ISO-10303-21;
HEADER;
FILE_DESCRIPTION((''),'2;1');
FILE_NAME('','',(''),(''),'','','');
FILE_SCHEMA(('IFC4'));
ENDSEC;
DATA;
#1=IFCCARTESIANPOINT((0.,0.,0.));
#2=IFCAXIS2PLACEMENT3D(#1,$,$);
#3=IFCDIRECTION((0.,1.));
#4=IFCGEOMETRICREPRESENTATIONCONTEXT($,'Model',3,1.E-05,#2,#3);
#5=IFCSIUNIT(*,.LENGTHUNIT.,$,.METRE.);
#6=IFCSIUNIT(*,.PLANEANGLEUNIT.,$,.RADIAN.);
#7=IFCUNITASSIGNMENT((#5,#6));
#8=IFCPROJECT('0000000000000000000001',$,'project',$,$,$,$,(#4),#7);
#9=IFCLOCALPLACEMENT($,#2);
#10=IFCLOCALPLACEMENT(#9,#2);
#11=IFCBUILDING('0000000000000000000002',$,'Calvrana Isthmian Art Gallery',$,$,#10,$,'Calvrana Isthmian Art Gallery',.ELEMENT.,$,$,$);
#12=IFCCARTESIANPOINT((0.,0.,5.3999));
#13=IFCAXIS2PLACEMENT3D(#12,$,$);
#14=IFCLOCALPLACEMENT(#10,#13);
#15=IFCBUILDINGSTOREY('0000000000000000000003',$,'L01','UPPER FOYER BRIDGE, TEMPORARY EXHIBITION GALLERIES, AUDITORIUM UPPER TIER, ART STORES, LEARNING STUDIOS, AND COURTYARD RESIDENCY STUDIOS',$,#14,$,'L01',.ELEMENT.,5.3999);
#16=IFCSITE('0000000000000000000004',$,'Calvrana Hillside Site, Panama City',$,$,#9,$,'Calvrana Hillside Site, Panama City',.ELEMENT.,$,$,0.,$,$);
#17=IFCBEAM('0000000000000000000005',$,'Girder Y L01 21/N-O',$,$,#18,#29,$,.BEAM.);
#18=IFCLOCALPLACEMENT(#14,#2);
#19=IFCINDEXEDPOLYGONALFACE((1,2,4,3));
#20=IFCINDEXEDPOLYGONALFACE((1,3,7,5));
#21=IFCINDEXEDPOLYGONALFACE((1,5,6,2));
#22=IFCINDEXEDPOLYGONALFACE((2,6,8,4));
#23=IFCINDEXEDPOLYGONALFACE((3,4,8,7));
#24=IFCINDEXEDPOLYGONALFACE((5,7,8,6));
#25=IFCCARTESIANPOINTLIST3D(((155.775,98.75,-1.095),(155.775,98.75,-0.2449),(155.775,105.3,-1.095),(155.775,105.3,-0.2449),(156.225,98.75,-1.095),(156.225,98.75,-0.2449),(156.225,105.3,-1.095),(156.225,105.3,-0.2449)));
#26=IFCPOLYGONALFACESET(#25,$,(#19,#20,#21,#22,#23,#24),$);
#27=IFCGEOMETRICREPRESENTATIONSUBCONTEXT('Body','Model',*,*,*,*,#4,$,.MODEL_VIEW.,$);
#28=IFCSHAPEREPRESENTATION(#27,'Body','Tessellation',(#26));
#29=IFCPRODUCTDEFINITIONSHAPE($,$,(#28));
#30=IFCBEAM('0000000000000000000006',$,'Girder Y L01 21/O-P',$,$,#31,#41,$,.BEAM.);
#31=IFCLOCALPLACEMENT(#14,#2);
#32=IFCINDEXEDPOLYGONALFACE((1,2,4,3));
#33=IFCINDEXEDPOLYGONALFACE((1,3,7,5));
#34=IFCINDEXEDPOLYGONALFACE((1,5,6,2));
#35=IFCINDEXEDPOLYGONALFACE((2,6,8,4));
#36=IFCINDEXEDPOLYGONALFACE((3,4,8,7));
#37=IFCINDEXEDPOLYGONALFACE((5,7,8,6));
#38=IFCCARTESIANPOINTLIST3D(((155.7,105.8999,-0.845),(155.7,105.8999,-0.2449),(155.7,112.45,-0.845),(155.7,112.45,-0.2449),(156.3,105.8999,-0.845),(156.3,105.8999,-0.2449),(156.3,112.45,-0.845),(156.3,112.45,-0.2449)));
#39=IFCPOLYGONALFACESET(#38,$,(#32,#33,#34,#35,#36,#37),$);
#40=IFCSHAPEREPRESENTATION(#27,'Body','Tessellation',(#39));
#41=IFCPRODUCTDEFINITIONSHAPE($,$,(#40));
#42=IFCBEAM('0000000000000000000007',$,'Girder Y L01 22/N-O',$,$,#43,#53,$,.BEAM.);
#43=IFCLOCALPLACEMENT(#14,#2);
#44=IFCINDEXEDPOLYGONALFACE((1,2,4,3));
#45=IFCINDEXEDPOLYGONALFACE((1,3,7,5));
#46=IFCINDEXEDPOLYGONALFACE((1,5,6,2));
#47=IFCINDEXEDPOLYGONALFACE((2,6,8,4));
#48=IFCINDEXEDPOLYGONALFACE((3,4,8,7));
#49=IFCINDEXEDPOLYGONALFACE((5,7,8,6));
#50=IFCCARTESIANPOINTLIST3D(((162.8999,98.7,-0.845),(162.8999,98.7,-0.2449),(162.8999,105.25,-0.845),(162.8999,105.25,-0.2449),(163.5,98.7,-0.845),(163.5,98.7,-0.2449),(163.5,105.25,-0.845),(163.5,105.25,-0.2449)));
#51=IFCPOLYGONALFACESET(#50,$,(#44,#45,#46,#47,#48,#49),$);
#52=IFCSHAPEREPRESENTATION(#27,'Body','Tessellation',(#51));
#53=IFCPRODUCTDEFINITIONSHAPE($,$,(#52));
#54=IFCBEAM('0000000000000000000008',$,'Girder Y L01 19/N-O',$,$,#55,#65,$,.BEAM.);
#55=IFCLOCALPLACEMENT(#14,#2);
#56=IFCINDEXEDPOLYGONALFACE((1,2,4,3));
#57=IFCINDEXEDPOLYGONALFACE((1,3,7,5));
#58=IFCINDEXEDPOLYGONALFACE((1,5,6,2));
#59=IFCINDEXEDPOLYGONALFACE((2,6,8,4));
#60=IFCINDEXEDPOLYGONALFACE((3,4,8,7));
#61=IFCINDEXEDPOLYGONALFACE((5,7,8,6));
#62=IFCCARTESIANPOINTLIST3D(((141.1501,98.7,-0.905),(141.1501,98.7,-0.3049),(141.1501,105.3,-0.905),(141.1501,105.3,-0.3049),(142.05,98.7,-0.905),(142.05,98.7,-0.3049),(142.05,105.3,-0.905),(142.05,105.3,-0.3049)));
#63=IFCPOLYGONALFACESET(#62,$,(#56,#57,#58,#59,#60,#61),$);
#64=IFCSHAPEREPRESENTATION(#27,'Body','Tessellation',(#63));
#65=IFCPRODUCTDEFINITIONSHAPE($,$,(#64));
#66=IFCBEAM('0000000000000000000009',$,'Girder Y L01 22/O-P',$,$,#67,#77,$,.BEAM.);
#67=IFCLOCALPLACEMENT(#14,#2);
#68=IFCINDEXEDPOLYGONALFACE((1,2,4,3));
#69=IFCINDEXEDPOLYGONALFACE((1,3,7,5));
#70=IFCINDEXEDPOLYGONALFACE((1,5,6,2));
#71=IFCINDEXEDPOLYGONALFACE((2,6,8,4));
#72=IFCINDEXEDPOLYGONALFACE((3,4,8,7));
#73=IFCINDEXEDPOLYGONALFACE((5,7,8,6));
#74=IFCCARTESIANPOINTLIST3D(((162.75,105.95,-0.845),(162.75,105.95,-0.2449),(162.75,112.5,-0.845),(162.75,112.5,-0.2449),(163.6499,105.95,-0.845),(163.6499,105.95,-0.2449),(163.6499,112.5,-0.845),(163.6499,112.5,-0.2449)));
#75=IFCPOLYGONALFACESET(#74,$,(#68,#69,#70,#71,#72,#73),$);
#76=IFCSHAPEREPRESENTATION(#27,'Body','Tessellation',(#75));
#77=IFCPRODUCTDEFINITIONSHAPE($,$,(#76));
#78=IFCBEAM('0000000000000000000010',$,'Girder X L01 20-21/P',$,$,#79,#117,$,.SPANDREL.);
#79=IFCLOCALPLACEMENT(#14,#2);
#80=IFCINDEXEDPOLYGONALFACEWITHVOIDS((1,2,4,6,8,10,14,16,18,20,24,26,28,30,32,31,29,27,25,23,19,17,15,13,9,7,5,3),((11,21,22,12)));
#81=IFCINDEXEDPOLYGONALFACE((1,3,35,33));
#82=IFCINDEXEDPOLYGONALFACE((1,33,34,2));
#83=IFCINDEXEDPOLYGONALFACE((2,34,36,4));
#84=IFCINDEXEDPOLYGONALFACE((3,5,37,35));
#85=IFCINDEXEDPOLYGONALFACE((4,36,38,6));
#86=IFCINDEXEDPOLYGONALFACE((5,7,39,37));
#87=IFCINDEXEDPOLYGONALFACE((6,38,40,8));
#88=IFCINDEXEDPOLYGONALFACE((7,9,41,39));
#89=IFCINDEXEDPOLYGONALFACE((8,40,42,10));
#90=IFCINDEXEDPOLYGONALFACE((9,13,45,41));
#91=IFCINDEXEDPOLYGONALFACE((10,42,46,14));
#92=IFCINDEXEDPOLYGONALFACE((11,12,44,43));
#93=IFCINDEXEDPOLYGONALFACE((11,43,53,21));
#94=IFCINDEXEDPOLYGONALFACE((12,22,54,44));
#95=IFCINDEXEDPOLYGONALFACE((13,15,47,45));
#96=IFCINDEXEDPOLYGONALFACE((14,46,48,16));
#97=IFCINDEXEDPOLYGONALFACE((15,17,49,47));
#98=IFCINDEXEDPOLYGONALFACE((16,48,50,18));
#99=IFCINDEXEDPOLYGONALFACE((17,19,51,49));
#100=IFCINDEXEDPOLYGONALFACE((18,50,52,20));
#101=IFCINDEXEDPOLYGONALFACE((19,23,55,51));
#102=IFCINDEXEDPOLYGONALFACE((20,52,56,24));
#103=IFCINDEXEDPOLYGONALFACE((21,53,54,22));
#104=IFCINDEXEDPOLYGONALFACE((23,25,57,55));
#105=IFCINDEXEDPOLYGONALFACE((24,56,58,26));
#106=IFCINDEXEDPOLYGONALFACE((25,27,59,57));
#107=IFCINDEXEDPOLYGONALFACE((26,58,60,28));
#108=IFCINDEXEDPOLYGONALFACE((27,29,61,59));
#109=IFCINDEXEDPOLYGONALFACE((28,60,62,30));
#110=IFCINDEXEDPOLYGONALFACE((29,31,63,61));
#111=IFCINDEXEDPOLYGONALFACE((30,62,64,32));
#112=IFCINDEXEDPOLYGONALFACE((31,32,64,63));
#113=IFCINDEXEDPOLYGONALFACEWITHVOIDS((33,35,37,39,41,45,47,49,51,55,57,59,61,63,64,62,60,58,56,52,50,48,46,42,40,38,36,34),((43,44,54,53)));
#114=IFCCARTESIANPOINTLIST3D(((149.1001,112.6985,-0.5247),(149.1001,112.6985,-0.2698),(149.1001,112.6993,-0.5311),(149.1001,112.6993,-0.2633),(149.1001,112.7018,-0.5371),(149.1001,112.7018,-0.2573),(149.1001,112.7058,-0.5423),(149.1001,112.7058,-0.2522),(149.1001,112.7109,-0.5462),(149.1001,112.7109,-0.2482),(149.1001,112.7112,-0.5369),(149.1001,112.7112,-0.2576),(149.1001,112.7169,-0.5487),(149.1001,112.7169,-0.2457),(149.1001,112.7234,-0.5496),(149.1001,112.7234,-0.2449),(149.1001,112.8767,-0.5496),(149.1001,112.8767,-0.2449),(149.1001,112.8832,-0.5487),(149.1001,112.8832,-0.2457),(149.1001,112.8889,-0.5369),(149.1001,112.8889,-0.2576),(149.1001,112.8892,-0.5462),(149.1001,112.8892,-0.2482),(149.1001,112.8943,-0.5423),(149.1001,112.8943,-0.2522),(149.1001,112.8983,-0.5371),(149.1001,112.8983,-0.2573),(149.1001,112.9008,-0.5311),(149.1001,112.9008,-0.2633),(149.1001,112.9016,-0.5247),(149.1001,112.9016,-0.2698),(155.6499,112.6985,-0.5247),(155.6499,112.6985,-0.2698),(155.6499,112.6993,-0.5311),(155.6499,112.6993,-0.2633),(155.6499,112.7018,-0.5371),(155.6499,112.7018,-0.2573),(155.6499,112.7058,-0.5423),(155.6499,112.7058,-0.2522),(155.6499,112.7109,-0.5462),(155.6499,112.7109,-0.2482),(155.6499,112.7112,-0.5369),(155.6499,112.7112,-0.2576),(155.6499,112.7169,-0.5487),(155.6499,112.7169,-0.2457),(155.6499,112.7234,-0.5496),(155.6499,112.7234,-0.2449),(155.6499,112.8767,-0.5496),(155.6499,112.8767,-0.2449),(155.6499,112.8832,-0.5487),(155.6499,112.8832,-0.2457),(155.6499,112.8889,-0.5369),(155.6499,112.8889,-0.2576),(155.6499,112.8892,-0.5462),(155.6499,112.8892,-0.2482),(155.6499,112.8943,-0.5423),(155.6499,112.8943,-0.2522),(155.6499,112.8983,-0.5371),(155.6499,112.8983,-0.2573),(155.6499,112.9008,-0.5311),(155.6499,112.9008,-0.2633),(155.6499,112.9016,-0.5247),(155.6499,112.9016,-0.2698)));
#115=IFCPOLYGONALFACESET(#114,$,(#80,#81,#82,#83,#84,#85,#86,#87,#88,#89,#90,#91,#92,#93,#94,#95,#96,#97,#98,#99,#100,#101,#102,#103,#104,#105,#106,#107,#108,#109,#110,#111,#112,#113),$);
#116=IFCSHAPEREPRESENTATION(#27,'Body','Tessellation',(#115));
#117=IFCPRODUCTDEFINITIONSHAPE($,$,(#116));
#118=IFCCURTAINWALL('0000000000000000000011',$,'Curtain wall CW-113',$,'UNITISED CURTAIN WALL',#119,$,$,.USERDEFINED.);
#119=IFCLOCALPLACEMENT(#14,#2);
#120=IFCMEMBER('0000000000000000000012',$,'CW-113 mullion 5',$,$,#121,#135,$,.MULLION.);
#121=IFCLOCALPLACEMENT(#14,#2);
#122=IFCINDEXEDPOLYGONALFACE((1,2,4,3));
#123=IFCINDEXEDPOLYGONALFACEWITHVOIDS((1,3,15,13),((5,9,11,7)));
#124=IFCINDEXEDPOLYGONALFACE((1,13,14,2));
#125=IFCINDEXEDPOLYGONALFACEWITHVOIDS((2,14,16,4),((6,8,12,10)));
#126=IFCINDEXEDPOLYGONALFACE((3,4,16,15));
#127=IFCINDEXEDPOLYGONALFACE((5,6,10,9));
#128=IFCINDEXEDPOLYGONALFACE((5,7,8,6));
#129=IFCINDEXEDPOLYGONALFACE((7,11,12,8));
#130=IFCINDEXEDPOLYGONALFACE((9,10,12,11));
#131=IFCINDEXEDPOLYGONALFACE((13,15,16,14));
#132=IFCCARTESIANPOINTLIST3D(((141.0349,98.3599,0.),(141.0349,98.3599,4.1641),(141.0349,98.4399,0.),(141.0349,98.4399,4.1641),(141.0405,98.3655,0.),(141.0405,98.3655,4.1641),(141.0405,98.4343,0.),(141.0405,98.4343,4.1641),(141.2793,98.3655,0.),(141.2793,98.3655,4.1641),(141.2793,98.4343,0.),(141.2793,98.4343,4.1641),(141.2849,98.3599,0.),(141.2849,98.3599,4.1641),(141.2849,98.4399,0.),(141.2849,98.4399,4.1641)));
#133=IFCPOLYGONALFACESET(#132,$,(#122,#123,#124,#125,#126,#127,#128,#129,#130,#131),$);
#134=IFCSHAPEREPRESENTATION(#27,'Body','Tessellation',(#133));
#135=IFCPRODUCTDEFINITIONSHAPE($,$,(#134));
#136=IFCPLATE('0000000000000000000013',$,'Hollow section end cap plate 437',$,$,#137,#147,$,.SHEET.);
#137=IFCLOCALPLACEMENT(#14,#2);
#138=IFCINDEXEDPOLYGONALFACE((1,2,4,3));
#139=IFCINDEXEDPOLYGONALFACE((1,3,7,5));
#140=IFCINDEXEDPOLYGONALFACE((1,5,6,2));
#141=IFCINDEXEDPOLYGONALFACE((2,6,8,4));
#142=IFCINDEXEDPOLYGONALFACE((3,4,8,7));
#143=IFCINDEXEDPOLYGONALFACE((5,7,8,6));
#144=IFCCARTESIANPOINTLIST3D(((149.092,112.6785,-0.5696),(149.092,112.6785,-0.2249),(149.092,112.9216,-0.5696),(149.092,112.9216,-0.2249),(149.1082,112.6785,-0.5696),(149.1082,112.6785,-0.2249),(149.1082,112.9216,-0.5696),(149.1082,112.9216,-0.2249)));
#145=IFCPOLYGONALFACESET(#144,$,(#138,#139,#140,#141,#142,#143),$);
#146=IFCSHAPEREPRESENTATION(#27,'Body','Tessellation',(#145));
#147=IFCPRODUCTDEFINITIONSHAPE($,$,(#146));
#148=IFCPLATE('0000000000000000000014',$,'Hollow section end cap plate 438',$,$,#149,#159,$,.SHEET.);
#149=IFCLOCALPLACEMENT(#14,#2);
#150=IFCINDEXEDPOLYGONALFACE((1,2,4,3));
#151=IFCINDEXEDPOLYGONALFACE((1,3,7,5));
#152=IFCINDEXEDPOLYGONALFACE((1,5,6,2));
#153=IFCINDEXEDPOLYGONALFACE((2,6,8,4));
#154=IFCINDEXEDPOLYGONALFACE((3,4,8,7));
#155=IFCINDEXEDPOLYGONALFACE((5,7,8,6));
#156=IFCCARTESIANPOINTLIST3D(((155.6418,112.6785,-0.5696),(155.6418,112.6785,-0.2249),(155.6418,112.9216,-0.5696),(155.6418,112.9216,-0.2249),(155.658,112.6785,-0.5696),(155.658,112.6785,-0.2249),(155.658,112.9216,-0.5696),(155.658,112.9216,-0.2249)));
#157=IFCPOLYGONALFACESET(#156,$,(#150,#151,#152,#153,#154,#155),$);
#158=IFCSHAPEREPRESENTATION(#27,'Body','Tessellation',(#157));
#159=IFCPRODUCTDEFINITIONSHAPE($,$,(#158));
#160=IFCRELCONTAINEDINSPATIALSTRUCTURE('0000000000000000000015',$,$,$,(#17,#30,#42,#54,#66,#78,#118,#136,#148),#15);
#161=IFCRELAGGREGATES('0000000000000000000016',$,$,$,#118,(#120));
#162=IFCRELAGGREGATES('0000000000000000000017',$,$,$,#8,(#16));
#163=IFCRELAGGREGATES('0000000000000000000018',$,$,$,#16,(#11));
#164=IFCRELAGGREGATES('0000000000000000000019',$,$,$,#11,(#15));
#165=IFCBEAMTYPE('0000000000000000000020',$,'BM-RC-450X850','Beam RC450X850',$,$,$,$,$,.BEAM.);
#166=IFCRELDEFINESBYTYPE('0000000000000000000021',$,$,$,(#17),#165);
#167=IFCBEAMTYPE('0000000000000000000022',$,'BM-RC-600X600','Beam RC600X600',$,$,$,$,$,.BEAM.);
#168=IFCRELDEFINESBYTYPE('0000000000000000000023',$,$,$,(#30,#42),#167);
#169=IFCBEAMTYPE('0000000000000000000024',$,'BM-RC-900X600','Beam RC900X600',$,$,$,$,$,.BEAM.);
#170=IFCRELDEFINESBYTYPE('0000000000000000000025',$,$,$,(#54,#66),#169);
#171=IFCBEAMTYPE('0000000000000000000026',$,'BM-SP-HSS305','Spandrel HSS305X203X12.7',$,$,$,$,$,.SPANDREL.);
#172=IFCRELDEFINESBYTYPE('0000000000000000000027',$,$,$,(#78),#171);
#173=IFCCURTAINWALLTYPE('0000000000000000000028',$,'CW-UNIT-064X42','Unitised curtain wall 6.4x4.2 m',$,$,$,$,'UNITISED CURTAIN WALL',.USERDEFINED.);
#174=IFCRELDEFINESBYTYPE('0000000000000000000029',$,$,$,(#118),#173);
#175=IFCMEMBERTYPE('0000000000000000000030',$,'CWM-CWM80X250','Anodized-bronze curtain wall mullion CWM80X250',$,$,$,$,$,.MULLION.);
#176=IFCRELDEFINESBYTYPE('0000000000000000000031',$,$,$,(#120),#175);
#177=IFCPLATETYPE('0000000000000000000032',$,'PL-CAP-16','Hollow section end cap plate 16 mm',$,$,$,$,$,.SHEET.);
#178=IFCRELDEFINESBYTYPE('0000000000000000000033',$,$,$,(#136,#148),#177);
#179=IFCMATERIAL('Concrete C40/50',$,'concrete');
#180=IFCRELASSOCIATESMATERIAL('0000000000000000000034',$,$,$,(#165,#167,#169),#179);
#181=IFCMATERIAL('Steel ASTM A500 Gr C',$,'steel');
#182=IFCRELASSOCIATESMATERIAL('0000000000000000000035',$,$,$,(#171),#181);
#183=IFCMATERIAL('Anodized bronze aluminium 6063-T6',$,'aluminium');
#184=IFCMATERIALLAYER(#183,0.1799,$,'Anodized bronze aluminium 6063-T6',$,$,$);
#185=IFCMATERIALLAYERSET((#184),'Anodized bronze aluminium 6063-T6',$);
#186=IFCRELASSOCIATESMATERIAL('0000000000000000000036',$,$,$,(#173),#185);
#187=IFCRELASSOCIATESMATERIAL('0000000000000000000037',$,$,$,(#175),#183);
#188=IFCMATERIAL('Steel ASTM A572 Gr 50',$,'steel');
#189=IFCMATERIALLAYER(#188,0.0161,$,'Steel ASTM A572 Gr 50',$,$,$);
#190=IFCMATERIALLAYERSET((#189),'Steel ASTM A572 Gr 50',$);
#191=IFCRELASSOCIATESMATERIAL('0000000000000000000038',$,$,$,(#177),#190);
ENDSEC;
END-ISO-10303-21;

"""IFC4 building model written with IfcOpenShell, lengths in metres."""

from ifc_helpers import new_model, si_unit, direction, frame, origin, origin_2d, place, context, subcontext, project, spatial, rectangle, hollow_rectangle, extrude, material, layer, layer_set, material_profile, profile_set, type_object, element, aggregate, save


model = new_model("IFC4")

# Units and contexts
model_context = context("Model", 3, precision=1e-05, world=origin(), true_north=direction((0.0, 1.0)))
body_context = subcontext(model_context, "Body", "Model", "MODEL_VIEW")
ifc_project = project(units=[si_unit("LENGTHUNIT", "METRE"), si_unit("PLANEANGLEUNIT", "RADIAN")], contexts=[model_context])

# Site, building, storey
site_placement = place(None, origin())
site = spatial("IfcSite", under=ifc_project, at=site_placement, Name="Calvrana Hillside Site, Panama City", LongName="Calvrana Hillside Site, Panama City", CompositionType="ELEMENT", RefElevation=0.0)
building_placement = place(site_placement, origin())
building = spatial("IfcBuilding", under=site, at=building_placement, Name="Calvrana Isthmian Art Gallery", LongName="Calvrana Isthmian Art Gallery", CompositionType="ELEMENT")
storey_placement = place(building_placement, frame((0.0, 0.0, 5.3999)))
storey = spatial("IfcBuildingStorey", under=building, at=storey_placement, Name="L01", Description="UPPER FOYER BRIDGE, TEMPORARY EXHIBITION GALLERIES, AUDITORIUM UPPER TIER, ART STORES, LEARNING STUDIOS, AND COURTYARD RESIDENCY STUDIOS", LongName="L01", CompositionType="ELEMENT", Elevation=5.3999)

# Shared definitions
ifc_material_1 = material(Name="Concrete C40/50", Category="concrete")

# Beams
ifc_material_profile_1 = material_profile(ifc_material_1, rectangle(XDim=0.45, YDim=0.8501, at=origin_2d()), Name="RC450X850")
ifc_profile_set_1 = profile_set([ifc_material_profile_1], Name="Concrete C40/50")
beam_type_1 = type_object("IfcBeamType", Name="BM-RC-450X850", Description="Beam RC450X850", PredefinedType="BEAM", material=ifc_profile_set_1)
for number, where, z_axis, x_axis, name in (
    (1, (156.0, 98.75, -0.6699), (0.0, 1.0, 0.0), (-1.0, 0.0, 0.0), "Girder Y L01 21/N-O"),
):
    element("IfcBeam", number, at=place(storey_placement, frame(where, z_axis=z_axis, x_axis=x_axis)), inside=storey, type_object=beam_type_1, Name=name, PredefinedType="BEAM", context=body_context, shape_type="SweptSolid", body=[
        extrude(rectangle(XDim=0.45, YDim=0.8501, at=origin_2d()), origin(), (0.0, 0.0, 1.0), 6.55),
    ])
ifc_material_profile_2 = material_profile(ifc_material_1, rectangle(XDim=0.6001, YDim=0.6001, at=origin_2d()), Name="RC600X600")
ifc_profile_set_2 = profile_set([ifc_material_profile_2], Name="Concrete C40/50")
beam_type_2 = type_object("IfcBeamType", Name="BM-RC-600X600", Description="Beam RC600X600", PredefinedType="BEAM", material=ifc_profile_set_2)
for number, where, z_axis, x_axis, name in (
    (2, (156.0, 105.8999, -0.5449), (0.0, 1.0, 0.0), (-1.0, 0.0, 0.0), "Girder Y L01 21/O-P"),
    (3, (163.2, 98.7, -0.5449), (0.0, 1.0, 0.0), (-1.0, 0.0, 0.0), "Girder Y L01 22/N-O"),
):
    element("IfcBeam", number, at=place(storey_placement, frame(where, z_axis=z_axis, x_axis=x_axis)), inside=storey, type_object=beam_type_2, Name=name, PredefinedType="BEAM", context=body_context, shape_type="SweptSolid", body=[
        extrude(rectangle(XDim=0.6001, YDim=0.6001, at=origin_2d()), origin(), (0.0, 0.0, 1.0), 6.55),
    ])
ifc_material_profile_3 = material_profile(ifc_material_1, rectangle(XDim=0.8999, YDim=0.6001, at=origin_2d()), Name="RC900X600")
ifc_profile_set_3 = profile_set([ifc_material_profile_3], Name="Concrete C40/50")
beam_type_3 = type_object("IfcBeamType", Name="BM-RC-900X600", Description="Beam RC900X600", PredefinedType="BEAM", material=ifc_profile_set_3)
beam_1_placement = place(storey_placement, frame((141.6001, 98.7, -0.605), z_axis=(0.0, 1.0, 0.0), x_axis=(-1.0, 0.0, 0.0)))
element("IfcBeam", 4, at=beam_1_placement, inside=storey, type_object=beam_type_3, Name="Girder Y L01 19/N-O", PredefinedType="BEAM", context=body_context, shape_type="SweptSolid", body=[
    extrude(rectangle(XDim=0.8999, YDim=0.6001, at=origin_2d()), origin(), (0.0, 0.0, 1.0), 6.6001),
])
beam_2_placement = place(storey_placement, frame((163.2, 105.95, -0.5449), z_axis=(0.0, 1.0, 0.0), x_axis=(-1.0, 0.0, 0.0)))
element("IfcBeam", 5, at=beam_2_placement, inside=storey, type_object=beam_type_3, Name="Girder Y L01 22/O-P", PredefinedType="BEAM", context=body_context, shape_type="SweptSolid", body=[
    extrude(rectangle(XDim=0.8999, YDim=0.6001, at=origin_2d()), origin(), (0.0, 0.0, 1.0), 6.55),
])
ifc_material_2 = material(Name="Steel ASTM A500 Gr C", Category="steel")
ifc_material_profile_4 = material_profile(ifc_material_2, hollow_rectangle(XDim=0.2031, YDim=0.3047, WallThickness=0.0127, OuterFilletRadius=0.0249, at=origin_2d()), Name="HSS305X203X12.7")
ifc_profile_set_4 = profile_set([ifc_material_profile_4], Name="Steel ASTM A500 Gr C")
beam_type_4 = type_object("IfcBeamType", Name="BM-SP-HSS305", Description="Spandrel HSS305X203X12.7", PredefinedType="SPANDREL", material=ifc_profile_set_4)
beam_3_placement = place(storey_placement, frame((149.1001, 112.8, -0.3972), z_axis=(1.0, 0.0, 0.0), x_axis=(0.0, 1.0, 0.0)))
element("IfcBeam", 6, at=beam_3_placement, inside=storey, type_object=beam_type_4, Name="Girder X L01 20-21/P", PredefinedType="SPANDREL", context=body_context, shape_type="SweptSolid", body=[
    extrude(hollow_rectangle(XDim=0.2031, YDim=0.3047, WallThickness=0.0127, OuterFilletRadius=0.0249, at=origin_2d()), origin(), (0.0, 0.0, 1.0), 6.5498),
])

# Curtain wall, member
ifc_material_3 = material(Name="Anodized bronze aluminium 6063-T6", Category="aluminium")
ifc_layer_1 = layer(ifc_material_3, 0.1799, Name="Anodized bronze aluminium 6063-T6")
ifc_layer_set_1 = layer_set([ifc_layer_1], Name="Anodized bronze aluminium 6063-T6")
curtain_wall_type = type_object("IfcCurtainWallType", Name="CW-UNIT-064X42", Description="Unitised curtain wall 6.4x4.2 m", ElementType="UNITISED CURTAIN WALL", PredefinedType="USERDEFINED", material=ifc_layer_set_1)
curtain_wall_placement = place(storey_placement, origin())
curtain_wall = element("IfcCurtainWall", 7, at=curtain_wall_placement, inside=storey, type_object=curtain_wall_type, Name="Curtain wall CW-113", ObjectType="UNITISED CURTAIN WALL", PredefinedType="USERDEFINED")
ifc_material_profile_5 = material_profile(ifc_material_3, hollow_rectangle(XDim=0.0801, YDim=0.25, WallThickness=0.0056, at=origin_2d()), Name="CWM80X250")
ifc_profile_set_5 = profile_set([ifc_material_profile_5], Name="Anodized bronze aluminium 6063-T6")
member_type = type_object("IfcMemberType", Name="CWM-CWM80X250", Description="Anodized-bronze curtain wall mullion CWM80X250", PredefinedType="MULLION", material=ifc_profile_set_5)
member_placement = place(storey_placement, frame((141.1599, 98.3999, 0.0), z_axis=(0.0, 0.0, 1.0), x_axis=(0.0, 1.0, 0.0)))
member = element("IfcMember", 8, at=member_placement, type_object=member_type, Name="CW-113 mullion 5", PredefinedType="MULLION", context=body_context, shape_type="SweptSolid", body=[
    extrude(hollow_rectangle(XDim=0.0801, YDim=0.25, WallThickness=0.0056, at=origin_2d()), origin(), (0.0, 0.0, 1.0), 4.1641),
])
aggregate(curtain_wall, [member])

# Plates
ifc_material_4 = material(Name="Steel ASTM A572 Gr 50", Category="steel")
ifc_layer_2 = layer(ifc_material_4, 0.0161, Name="Steel ASTM A572 Gr 50")
ifc_layer_set_2 = layer_set([ifc_layer_2], Name="Steel ASTM A572 Gr 50")
plate_type = type_object("IfcPlateType", Name="PL-CAP-16", Description="Hollow section end cap plate 16 mm", PredefinedType="SHEET", material=ifc_layer_set_2)
for number, where, z_axis, x_axis, name in (
    (9, (149.1001, 112.8, -0.5696), (0.0, 0.0, 1.0), (1.0, 0.0, 0.0), "Hollow section end cap plate 437"),
    (10, (155.6499, 112.8, -0.5696), (0.0, 0.0, 1.0), (1.0, 0.0, 0.0), "Hollow section end cap plate 438"),
):
    element("IfcPlate", number, at=place(storey_placement, frame(where, z_axis=z_axis, x_axis=x_axis)), inside=storey, type_object=plate_type, Name=name, PredefinedType="SHEET", context=body_context, shape_type="SweptSolid", body=[
        extrude(rectangle(XDim=0.0161, YDim=0.2432, at=origin_2d()), origin(), (0.0, 0.0, 1.0), 0.3447),
    ])

save(model, "model.ifc")
